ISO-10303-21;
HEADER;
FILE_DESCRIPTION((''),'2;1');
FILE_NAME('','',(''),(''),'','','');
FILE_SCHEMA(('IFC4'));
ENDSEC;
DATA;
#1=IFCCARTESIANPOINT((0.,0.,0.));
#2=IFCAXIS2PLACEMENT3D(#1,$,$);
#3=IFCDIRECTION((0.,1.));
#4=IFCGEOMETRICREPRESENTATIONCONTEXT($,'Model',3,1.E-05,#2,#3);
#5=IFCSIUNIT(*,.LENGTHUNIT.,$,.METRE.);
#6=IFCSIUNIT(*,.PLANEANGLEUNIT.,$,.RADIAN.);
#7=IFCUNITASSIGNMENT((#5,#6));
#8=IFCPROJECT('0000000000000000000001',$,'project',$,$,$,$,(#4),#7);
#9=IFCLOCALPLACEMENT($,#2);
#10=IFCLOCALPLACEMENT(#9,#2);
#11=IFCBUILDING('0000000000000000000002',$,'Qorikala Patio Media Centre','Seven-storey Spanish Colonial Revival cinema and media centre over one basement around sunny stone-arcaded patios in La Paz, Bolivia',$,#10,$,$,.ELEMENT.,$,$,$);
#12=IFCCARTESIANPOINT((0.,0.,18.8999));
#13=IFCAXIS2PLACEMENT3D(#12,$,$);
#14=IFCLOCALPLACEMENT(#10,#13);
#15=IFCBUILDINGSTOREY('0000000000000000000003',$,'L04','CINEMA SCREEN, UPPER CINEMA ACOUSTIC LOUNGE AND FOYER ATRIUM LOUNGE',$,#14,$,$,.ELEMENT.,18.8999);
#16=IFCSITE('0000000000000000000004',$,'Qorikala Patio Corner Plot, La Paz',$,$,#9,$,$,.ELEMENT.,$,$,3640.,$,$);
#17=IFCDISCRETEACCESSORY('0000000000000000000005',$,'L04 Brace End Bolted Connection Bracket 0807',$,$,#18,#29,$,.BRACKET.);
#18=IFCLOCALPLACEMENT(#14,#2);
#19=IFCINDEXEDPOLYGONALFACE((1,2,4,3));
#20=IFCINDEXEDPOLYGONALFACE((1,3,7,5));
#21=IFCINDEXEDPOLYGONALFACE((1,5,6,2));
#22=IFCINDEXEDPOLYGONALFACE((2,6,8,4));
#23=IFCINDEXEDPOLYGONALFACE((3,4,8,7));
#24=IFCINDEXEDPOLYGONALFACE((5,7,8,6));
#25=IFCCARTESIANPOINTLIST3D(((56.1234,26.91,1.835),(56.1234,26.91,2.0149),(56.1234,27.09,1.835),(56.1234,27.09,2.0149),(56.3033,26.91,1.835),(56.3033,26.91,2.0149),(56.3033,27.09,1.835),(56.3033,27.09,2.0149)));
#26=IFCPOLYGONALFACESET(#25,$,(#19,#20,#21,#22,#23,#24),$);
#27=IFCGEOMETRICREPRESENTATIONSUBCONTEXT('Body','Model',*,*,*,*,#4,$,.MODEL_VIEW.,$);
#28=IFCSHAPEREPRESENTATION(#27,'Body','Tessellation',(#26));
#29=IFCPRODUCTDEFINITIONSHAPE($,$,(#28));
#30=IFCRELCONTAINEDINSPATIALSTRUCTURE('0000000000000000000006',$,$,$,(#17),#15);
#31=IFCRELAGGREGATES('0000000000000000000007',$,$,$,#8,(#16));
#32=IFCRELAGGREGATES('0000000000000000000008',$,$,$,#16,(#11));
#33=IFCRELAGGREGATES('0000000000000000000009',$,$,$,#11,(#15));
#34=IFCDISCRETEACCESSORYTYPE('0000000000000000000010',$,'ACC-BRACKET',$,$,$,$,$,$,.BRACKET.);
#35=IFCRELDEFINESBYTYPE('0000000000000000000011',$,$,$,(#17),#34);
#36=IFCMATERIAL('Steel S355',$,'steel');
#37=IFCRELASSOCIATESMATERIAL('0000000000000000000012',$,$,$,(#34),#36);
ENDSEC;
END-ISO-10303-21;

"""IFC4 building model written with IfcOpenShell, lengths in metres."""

from ifc_helpers import new_model, si_unit, direction, frame, origin, origin_2d, place, context, subcontext, project, spatial, rectangle, extrude, material, type_object, element, save


model = new_model("IFC4")

# Units and contexts
model_context = context("Model", 3, precision=1e-05, world=origin(), true_north=direction((0.0, 1.0)))
body_context = subcontext(model_context, "Body", "Model", "MODEL_VIEW")
ifc_project = project(units=[si_unit("LENGTHUNIT", "METRE"), si_unit("PLANEANGLEUNIT", "RADIAN")], contexts=[model_context])

# Site, building, storey
site_placement = place(None, origin())
site = spatial("IfcSite", under=ifc_project, at=site_placement, Name="Qorikala Patio Corner Plot, La Paz", CompositionType="ELEMENT", RefElevation=3640.0)
building_placement = place(site_placement, origin())
building = spatial("IfcBuilding", under=site, at=building_placement, Name="Qorikala Patio Media Centre", Description="Seven-storey Spanish Colonial Revival cinema and media centre over one basement around sunny stone-arcaded patios in La Paz, Bolivia", CompositionType="ELEMENT")
storey_placement = place(building_placement, frame((0.0, 0.0, 18.8999)))
storey = spatial("IfcBuildingStorey", under=building, at=storey_placement, Name="L04", Description="CINEMA SCREEN, UPPER CINEMA ACOUSTIC LOUNGE AND FOYER ATRIUM LOUNGE", CompositionType="ELEMENT", Elevation=18.8999)

# Discrete accessory
ifc_material_1 = material(Name="Steel S355", Category="steel")
discrete_accessory_type = type_object("IfcDiscreteAccessoryType", Name="ACC-BRACKET", PredefinedType="BRACKET", material=ifc_material_1)
for number, where, z_axis, x_axis, name in (
    (1, (56.2134, 27.0, 1.835), (0.0, 0.0, 1.0), (1.0, 0.0, 0.0), "L04 Brace End Bolted Connection Bracket 0807"),
):
    element("IfcDiscreteAccessory", number, at=place(storey_placement, frame(where, z_axis=z_axis, x_axis=x_axis)), inside=storey, type_object=discrete_accessory_type, Name=name, PredefinedType="BRACKET", context=body_context, shape_type="SweptSolid", body=[
        extrude(rectangle(XDim=0.1799, YDim=0.1799, at=origin_2d()), origin(), (0.0, 0.0, 1.0), 0.1799),
    ])

save(model, "model.ifc")
